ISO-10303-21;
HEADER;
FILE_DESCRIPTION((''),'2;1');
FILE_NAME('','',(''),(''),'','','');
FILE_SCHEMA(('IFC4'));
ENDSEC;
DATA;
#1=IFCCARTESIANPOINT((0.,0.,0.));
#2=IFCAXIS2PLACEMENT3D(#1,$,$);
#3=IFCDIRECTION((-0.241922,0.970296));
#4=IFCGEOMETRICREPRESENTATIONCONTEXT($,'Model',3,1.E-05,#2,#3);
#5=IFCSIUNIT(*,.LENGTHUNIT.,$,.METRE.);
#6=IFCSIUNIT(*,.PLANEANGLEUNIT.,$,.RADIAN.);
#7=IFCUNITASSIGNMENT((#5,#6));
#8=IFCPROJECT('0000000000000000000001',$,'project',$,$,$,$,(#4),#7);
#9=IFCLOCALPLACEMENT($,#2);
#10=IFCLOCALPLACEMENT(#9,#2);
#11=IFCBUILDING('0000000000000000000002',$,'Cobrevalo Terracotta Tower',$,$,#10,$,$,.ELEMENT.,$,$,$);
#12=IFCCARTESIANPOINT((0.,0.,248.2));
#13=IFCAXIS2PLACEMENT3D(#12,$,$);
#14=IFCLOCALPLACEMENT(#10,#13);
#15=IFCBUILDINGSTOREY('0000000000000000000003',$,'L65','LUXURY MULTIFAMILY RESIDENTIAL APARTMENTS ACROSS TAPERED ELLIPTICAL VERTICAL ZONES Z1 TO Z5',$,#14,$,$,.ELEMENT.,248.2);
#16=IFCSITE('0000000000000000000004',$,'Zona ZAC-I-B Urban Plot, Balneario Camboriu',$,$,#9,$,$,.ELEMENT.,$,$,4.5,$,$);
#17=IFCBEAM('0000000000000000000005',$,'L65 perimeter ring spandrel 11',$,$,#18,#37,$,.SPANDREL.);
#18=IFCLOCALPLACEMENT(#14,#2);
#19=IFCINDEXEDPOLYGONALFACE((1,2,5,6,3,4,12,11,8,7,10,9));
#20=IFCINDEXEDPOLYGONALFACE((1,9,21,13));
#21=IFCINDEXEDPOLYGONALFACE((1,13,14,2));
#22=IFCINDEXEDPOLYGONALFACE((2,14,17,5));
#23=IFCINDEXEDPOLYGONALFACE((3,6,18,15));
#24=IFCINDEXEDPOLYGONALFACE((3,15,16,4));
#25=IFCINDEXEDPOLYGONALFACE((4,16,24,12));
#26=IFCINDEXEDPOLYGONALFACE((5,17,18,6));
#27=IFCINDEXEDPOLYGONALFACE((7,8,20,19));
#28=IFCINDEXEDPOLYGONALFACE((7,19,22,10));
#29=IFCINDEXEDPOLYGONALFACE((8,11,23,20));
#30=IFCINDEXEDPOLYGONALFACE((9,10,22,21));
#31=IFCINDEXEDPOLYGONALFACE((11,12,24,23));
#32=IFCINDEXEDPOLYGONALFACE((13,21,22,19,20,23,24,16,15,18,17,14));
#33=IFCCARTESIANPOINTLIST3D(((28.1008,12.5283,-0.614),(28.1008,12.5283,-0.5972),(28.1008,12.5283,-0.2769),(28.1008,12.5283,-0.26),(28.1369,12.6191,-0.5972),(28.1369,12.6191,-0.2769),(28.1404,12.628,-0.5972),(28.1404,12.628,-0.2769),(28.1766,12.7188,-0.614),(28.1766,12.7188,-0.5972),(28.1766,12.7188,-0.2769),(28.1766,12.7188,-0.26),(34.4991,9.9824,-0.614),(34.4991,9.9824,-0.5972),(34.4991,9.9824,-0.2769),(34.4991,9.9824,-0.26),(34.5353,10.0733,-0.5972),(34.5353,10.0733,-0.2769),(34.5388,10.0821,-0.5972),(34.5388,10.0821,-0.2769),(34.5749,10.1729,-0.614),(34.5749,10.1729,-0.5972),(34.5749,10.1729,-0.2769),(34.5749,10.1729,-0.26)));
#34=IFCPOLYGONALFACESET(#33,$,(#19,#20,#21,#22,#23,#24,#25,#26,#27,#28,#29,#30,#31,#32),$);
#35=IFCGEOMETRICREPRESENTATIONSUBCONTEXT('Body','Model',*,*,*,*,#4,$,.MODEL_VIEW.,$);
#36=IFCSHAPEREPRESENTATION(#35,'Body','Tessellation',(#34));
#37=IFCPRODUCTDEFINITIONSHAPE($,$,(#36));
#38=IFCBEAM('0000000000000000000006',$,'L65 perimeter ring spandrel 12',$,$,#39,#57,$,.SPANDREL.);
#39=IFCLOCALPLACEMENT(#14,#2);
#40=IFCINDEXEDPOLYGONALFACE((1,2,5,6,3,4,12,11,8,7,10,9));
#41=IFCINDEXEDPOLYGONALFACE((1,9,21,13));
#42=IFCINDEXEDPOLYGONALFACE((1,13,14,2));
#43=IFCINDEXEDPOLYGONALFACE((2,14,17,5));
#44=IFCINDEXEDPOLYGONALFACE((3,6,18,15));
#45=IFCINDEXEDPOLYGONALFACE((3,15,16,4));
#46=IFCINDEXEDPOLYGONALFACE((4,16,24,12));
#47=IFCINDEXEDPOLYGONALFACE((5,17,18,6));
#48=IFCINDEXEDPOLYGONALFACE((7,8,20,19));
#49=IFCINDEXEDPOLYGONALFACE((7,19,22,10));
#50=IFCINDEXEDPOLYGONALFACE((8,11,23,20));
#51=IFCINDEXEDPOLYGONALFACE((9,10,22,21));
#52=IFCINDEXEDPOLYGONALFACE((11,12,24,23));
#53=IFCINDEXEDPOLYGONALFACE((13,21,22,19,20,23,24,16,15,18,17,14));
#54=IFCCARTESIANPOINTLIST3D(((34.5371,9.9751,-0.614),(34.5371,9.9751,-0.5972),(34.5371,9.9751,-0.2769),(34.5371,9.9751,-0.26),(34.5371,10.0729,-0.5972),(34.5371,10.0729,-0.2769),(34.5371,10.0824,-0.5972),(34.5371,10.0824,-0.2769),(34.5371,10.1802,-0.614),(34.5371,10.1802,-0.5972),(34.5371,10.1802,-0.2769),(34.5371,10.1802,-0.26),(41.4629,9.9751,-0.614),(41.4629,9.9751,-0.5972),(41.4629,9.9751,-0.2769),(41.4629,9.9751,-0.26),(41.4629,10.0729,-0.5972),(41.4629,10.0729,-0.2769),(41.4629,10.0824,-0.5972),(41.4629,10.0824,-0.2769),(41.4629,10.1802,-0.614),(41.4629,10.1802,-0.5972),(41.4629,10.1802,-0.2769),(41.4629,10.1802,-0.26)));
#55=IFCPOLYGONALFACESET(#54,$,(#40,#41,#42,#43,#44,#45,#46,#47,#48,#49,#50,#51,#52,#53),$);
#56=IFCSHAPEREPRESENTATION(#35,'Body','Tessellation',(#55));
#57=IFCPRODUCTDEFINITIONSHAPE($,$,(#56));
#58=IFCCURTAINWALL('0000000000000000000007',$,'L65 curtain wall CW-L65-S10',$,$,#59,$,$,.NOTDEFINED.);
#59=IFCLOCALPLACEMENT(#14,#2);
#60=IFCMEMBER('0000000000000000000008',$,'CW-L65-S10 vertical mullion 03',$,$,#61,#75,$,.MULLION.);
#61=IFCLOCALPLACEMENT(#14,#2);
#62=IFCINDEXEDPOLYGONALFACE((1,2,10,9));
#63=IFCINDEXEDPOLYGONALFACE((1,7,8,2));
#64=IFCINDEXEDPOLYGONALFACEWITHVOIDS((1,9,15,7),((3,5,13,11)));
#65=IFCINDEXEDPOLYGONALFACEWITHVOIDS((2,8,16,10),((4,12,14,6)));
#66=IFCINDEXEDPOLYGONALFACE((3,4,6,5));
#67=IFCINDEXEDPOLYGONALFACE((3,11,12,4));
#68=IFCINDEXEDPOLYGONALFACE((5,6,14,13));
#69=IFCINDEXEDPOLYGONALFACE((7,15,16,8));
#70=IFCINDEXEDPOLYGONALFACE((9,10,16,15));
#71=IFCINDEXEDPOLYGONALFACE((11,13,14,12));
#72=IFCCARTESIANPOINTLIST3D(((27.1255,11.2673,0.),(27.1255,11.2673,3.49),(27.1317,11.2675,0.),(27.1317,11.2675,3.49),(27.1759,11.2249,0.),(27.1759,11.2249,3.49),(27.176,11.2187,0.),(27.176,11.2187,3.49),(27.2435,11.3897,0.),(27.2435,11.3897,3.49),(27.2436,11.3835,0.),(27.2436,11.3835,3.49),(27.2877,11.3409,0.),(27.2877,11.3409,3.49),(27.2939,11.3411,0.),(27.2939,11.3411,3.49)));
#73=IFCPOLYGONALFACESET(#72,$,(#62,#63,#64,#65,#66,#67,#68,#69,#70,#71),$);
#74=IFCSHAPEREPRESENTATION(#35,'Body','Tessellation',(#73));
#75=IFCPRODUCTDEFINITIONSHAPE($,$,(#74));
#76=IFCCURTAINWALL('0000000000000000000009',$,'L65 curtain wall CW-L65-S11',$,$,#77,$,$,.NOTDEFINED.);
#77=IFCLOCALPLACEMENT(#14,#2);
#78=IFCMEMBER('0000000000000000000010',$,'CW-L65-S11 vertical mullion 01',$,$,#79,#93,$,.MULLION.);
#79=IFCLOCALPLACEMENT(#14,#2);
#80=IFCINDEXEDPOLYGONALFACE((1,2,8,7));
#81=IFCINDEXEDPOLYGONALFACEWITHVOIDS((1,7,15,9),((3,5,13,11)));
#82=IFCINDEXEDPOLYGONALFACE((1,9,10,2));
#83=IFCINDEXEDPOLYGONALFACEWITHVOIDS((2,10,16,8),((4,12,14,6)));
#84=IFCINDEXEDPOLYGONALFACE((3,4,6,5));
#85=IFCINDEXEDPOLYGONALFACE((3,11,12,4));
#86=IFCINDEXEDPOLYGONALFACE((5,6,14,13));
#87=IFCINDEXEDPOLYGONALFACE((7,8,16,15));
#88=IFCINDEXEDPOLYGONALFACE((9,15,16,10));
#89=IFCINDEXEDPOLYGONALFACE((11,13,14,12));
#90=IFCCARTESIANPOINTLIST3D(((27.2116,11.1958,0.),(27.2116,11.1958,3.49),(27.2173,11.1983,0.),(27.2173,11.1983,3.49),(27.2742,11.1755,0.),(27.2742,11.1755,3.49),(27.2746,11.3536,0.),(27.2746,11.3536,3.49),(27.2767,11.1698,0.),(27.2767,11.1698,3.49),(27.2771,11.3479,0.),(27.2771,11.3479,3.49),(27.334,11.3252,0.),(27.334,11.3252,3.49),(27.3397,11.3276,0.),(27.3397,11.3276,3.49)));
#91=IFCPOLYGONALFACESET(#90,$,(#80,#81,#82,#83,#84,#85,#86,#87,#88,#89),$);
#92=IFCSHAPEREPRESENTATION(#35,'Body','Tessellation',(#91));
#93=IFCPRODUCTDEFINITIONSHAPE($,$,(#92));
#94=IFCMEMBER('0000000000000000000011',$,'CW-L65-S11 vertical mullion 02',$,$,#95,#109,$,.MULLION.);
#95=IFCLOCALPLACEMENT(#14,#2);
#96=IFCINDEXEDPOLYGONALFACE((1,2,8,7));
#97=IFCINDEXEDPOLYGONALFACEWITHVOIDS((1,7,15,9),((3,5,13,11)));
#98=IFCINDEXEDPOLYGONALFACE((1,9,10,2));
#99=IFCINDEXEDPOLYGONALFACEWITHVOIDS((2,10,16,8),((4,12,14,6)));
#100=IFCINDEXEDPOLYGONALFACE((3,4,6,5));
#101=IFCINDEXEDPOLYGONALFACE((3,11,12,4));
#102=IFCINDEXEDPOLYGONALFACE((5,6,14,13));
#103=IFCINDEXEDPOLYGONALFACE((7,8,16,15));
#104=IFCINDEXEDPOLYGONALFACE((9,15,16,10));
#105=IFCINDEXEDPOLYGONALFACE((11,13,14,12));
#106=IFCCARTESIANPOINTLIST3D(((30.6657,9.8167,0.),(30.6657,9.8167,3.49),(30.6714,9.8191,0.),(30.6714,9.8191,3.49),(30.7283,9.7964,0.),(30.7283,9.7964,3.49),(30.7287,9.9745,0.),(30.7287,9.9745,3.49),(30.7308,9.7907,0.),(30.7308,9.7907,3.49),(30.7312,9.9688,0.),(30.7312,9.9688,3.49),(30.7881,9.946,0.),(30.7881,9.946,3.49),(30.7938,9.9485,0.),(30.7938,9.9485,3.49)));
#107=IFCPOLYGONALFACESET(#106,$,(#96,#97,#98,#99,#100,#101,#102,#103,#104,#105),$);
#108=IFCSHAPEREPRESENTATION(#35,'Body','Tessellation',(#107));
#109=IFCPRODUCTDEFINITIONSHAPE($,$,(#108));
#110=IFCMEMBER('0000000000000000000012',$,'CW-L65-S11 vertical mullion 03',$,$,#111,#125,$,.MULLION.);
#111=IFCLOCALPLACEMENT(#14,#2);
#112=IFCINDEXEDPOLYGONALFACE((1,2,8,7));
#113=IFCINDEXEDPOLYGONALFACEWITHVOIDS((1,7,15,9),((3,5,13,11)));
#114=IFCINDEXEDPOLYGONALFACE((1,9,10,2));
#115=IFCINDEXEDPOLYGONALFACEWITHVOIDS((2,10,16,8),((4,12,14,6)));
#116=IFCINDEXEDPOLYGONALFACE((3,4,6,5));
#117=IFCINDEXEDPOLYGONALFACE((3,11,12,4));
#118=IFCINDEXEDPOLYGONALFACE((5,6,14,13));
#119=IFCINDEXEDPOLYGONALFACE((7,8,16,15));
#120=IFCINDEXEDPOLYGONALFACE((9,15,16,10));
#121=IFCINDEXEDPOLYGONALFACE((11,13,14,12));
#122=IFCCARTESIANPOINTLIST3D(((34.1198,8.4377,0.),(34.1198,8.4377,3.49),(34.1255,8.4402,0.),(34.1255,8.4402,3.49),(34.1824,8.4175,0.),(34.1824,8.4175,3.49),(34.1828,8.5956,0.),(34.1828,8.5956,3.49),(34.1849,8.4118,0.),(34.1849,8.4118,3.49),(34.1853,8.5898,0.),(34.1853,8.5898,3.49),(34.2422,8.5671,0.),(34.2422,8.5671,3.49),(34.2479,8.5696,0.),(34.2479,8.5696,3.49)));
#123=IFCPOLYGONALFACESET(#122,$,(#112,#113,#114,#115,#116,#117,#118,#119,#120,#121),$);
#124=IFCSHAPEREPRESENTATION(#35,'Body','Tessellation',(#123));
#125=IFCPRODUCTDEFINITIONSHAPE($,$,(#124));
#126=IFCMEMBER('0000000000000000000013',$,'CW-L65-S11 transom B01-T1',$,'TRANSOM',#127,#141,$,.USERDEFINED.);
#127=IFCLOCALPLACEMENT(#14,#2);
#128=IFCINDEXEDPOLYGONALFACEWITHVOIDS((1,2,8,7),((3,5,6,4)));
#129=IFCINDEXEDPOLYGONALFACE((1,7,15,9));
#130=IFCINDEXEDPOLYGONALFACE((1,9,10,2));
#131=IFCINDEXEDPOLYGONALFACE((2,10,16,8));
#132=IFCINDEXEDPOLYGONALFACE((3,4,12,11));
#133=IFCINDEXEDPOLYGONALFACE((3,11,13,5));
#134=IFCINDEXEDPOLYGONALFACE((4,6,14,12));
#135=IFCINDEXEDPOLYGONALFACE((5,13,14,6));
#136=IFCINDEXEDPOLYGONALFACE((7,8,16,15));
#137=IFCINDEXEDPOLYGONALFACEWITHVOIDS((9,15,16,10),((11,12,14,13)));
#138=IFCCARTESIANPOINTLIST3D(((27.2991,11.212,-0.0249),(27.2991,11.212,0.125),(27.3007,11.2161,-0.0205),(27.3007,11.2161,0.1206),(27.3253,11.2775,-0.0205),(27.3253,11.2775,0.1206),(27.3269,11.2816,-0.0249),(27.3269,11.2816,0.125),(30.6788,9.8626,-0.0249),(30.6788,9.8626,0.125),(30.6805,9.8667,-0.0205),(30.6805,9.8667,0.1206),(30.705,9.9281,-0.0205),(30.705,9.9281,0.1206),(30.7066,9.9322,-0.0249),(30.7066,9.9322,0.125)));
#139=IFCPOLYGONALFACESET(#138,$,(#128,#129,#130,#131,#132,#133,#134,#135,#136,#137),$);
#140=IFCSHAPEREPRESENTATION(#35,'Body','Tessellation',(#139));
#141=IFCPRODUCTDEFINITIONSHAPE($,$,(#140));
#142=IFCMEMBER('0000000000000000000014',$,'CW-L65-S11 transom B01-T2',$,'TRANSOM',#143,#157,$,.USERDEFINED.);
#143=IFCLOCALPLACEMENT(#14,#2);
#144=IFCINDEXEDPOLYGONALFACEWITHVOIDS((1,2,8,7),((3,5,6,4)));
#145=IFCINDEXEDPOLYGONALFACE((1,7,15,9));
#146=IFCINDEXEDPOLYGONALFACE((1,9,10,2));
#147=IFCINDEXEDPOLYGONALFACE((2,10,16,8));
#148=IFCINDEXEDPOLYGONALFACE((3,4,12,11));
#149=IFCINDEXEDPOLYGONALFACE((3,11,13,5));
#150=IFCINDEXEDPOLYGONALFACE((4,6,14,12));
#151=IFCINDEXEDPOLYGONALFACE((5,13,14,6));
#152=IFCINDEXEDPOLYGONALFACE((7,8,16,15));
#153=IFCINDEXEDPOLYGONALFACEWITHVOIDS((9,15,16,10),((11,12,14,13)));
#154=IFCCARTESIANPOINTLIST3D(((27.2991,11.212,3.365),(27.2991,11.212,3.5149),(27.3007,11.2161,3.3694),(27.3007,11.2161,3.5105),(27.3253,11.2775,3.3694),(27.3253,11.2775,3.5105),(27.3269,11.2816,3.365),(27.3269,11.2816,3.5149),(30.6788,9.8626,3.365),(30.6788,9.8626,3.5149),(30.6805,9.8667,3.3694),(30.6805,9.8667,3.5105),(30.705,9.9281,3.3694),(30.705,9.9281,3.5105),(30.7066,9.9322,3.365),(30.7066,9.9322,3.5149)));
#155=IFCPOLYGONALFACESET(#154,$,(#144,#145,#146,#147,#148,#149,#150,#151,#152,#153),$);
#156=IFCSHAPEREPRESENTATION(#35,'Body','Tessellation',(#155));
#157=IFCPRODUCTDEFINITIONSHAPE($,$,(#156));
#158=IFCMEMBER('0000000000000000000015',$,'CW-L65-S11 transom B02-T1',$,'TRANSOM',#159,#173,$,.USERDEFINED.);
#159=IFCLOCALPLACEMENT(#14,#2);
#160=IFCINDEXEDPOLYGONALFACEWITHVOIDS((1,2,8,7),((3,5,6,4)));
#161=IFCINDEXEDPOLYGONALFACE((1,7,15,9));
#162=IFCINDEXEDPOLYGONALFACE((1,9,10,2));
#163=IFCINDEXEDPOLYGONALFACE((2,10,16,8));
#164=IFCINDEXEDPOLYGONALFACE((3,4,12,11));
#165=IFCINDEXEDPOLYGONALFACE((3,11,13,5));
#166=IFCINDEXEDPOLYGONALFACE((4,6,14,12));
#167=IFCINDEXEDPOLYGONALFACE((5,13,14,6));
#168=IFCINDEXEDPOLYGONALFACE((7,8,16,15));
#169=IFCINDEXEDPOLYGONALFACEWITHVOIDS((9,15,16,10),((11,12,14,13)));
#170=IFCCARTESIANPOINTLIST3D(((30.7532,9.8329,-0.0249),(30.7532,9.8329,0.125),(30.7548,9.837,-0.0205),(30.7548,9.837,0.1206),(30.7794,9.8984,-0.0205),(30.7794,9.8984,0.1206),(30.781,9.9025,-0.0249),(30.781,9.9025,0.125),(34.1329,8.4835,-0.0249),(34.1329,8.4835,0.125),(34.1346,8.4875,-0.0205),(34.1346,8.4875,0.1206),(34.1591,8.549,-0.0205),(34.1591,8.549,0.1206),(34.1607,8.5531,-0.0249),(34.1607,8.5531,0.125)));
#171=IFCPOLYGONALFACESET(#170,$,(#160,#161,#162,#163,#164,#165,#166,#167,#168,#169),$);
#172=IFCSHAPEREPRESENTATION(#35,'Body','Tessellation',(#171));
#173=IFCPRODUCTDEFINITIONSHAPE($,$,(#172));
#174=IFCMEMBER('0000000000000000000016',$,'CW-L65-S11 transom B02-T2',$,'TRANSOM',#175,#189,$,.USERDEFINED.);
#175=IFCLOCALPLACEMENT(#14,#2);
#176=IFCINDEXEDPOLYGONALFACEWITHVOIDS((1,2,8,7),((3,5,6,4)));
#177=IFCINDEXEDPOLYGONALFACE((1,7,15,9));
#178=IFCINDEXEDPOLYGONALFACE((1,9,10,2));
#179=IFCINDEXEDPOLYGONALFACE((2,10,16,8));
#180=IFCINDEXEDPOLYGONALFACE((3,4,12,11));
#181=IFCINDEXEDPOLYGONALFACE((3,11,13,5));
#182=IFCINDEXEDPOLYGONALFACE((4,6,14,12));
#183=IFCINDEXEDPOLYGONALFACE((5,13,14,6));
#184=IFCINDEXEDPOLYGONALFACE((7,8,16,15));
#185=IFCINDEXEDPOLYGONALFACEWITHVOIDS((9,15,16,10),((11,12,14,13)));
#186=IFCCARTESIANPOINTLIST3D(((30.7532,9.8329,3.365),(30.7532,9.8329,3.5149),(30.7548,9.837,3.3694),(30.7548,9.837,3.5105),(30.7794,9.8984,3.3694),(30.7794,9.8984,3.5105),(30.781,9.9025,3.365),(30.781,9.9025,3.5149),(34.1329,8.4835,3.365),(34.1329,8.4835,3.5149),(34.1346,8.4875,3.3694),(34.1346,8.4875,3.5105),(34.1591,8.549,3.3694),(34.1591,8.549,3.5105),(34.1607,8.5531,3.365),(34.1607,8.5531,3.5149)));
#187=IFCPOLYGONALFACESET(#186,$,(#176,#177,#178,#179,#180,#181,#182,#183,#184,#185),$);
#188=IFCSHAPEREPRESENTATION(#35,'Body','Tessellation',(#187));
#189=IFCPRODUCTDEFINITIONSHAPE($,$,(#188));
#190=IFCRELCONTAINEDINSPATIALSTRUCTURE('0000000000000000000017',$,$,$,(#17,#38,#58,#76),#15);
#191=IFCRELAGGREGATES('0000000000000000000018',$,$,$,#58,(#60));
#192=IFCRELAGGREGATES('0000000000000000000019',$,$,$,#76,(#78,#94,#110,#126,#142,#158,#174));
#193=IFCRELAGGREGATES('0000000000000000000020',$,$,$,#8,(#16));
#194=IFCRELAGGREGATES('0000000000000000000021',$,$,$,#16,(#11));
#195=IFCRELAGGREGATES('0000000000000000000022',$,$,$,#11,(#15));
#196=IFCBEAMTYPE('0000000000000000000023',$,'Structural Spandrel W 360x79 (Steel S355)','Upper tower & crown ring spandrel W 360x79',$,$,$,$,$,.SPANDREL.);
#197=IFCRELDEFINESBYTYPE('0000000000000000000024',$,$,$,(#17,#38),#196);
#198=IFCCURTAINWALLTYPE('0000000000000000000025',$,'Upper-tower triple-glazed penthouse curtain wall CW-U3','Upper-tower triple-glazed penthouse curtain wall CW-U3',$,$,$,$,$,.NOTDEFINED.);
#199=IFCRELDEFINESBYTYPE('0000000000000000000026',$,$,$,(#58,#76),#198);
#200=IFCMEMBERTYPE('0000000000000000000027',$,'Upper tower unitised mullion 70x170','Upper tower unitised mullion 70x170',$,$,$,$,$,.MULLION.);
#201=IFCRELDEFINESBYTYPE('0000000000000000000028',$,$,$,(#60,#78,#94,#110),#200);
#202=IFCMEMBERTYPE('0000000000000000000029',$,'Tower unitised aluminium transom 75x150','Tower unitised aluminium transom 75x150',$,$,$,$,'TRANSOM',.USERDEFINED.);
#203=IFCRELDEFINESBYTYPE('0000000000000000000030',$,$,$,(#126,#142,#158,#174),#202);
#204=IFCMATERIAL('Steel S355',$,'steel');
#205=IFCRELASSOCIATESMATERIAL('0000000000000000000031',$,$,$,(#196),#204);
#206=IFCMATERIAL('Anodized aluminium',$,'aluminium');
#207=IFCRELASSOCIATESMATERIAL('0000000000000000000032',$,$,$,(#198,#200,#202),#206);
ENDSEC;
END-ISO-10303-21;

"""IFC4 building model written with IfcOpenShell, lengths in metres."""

from ifc_helpers import new_model, si_unit, direction, frame, origin, origin_2d, place, context, subcontext, project, spatial, hollow_rectangle, i_section, extrude, source, transform, mapped, material, material_profile, profile_set, type_object, element, aggregate, save


model = new_model("IFC4")

# Units and contexts
model_context = context("Model", 3, precision=1e-05, world=origin(), true_north=direction((-0.241922, 0.970296)))
body_context = subcontext(model_context, "Body", "Model", "MODEL_VIEW")
ifc_project = project(units=[si_unit("LENGTHUNIT", "METRE"), si_unit("PLANEANGLEUNIT", "RADIAN")], contexts=[model_context])

# Site, building, storey
site_placement = place(None, origin())
site = spatial("IfcSite", under=ifc_project, at=site_placement, Name="Zona ZAC-I-B Urban Plot, Balneario Camboriu", CompositionType="ELEMENT", RefElevation=4.5)
building_placement = place(site_placement, origin())
building = spatial("IfcBuilding", under=site, at=building_placement, Name="Cobrevalo Terracotta Tower", CompositionType="ELEMENT")
storey_placement = place(building_placement, frame((0.0, 0.0, 248.2)))
storey = spatial("IfcBuildingStorey", under=building, at=storey_placement, Name="L65", Description="LUXURY MULTIFAMILY RESIDENTIAL APARTMENTS ACROSS TAPERED ELLIPTICAL VERTICAL ZONES Z1 TO Z5", CompositionType="ELEMENT", Elevation=248.2)

# Shared definitions
ifc_material_1 = material(Name="Steel S355", Category="steel")

# Beams
ifc_material_profile_1 = material_profile(ifc_material_1, i_section(OverallWidth=0.2051, OverallDepth=0.354, WebThickness=0.0095, FlangeThickness=0.0168, at=origin_2d()), Name="W 360x79")
ifc_profile_set_1 = profile_set([ifc_material_profile_1], Name="Steel S355")
beam_type_1 = type_object("IfcBeamType", Name="Structural Spandrel W 360x79 (Steel S355)", Description="Upper tower & crown ring spandrel W 360x79", PredefinedType="SPANDREL", material=ifc_profile_set_1)
beam_1_placement = place(storey_placement, frame((28.1387, 12.6235, -0.437), z_axis=(0.92915, -0.369703, 0.0), x_axis=(0.369703, 0.92915, 0.0)))
element("IfcBeam", 1, at=beam_1_placement, inside=storey, type_object=beam_type_1, Name="L65 perimeter ring spandrel 11", PredefinedType="SPANDREL", context=body_context, shape_type="SweptSolid", body=[
    extrude(i_section(OverallWidth=0.2051, OverallDepth=0.354, WebThickness=0.0095, FlangeThickness=0.0168, at=origin_2d()), origin(), (0.0, 0.0, 1.0), 6.8862),
])
beam_2_placement = place(storey_placement, frame((34.5371, 10.0776, -0.437), z_axis=(1.0, 0.0, 0.0), x_axis=(0.0, 1.0, 0.0)))
element("IfcBeam", 2, at=beam_2_placement, inside=storey, type_object=beam_type_1, Name="L65 perimeter ring spandrel 12", PredefinedType="SPANDREL", context=body_context, shape_type="SweptSolid", body=[
    extrude(i_section(OverallWidth=0.2051, OverallDepth=0.354, WebThickness=0.0095, FlangeThickness=0.0168, at=origin_2d()), origin(), (0.0, 0.0, 1.0), 6.9258),
])

# Curtain wall, member
ifc_material_2 = material(Name="Anodized aluminium", Category="aluminium")
curtain_wall_type = type_object("IfcCurtainWallType", Name="Upper-tower triple-glazed penthouse curtain wall CW-U3", Description="Upper-tower triple-glazed penthouse curtain wall CW-U3", PredefinedType="NOTDEFINED", material=ifc_material_2)
curtain_wall_1_placement = place(storey_placement, origin())
curtain_wall_1 = element("IfcCurtainWall", 3, at=curtain_wall_1_placement, inside=storey, type_object=curtain_wall_type, Name="L65 curtain wall CW-L65-S10", PredefinedType="NOTDEFINED")
ifc_material_profile_2 = material_profile(ifc_material_2, hollow_rectangle(XDim=0.0701, YDim=0.1699, WallThickness=0.0044, at=origin_2d()), Name="CWM 70x170")
ifc_profile_set_2 = profile_set([ifc_material_profile_2], Name="Anodized aluminium")
member_type_1 = type_object("IfcMemberType", Name="Upper tower unitised mullion 70x170", Description="Upper tower unitised mullion 70x170", PredefinedType="MULLION", material=ifc_profile_set_2)
shared_shape_1 = source(origin(), body_context, "Body", "SweptSolid", [
    extrude(hollow_rectangle(XDim=0.0701, YDim=0.1699, WallThickness=0.0044, at=origin_2d()), origin(), (0.0, 0.0, 1.0), 3.49),
])
member_1_placement = place(storey_placement, frame((27.2097, 11.3042, 0.0), z_axis=(0.0, 0.0, 1.0), x_axis=(0.719994, -0.69398, 0.0)))
member_1 = element("IfcMember", 4, at=member_1_placement, type_object=member_type_1, Name="CW-L65-S10 vertical mullion 03", PredefinedType="MULLION", context=body_context, shape_type="MappedRepresentation", body=[
    mapped(shared_shape_1, transform((0.0, 0.0, 0.0), scale=1.0)),
])

# Curtain wall, members
curtain_wall_2_placement = place(storey_placement, origin())
curtain_wall_2 = element("IfcCurtainWall", 5, at=curtain_wall_2_placement, inside=storey, type_object=curtain_wall_type, Name="L65 curtain wall CW-L65-S11", PredefinedType="NOTDEFINED")
member_2_placement = place(storey_placement, frame((27.2756, 11.2617, 0.0), z_axis=(0.0, 0.0, 1.0), x_axis=(0.928719, -0.370784, 0.0)))
member_2 = element("IfcMember", 6, at=member_2_placement, type_object=member_type_1, Name="CW-L65-S11 vertical mullion 01", PredefinedType="MULLION", context=body_context, shape_type="MappedRepresentation", body=[
    mapped(shared_shape_1, transform((0.0, 0.0, 0.0), scale=1.0)),
])
member_3_placement = place(storey_placement, frame((30.7297, 9.8826, 0.0), z_axis=(0.0, 0.0, 1.0), x_axis=(0.928719, -0.370784, 0.0)))
member_3 = element("IfcMember", 7, at=member_3_placement, type_object=member_type_1, Name="CW-L65-S11 vertical mullion 02", PredefinedType="MULLION", context=body_context, shape_type="MappedRepresentation", body=[
    mapped(shared_shape_1, transform((0.0, 0.0, 0.0), scale=1.0)),
])
member_4_placement = place(storey_placement, frame((34.1838, 8.5037, 0.0), z_axis=(0.0, 0.0, 1.0), x_axis=(0.928719, -0.370784, 0.0)))
member_4 = element("IfcMember", 8, at=member_4_placement, type_object=member_type_1, Name="CW-L65-S11 vertical mullion 03", PredefinedType="MULLION", context=body_context, shape_type="MappedRepresentation", body=[
    mapped(shared_shape_1, transform((0.0, 0.0, 0.0), scale=1.0)),
])
ifc_material_profile_3 = material_profile(ifc_material_2, hollow_rectangle(XDim=0.075, YDim=0.1499, WallThickness=0.0044, at=origin_2d()), Name="CWT 75x150")
ifc_profile_set_3 = profile_set([ifc_material_profile_3], Name="Anodized aluminium")
member_type_2 = type_object("IfcMemberType", Name="Tower unitised aluminium transom 75x150", Description="Tower unitised aluminium transom 75x150", ElementType="TRANSOM", PredefinedType="USERDEFINED", material=ifc_profile_set_3)
shared_shape_2 = source(origin(), body_context, "Body", "SweptSolid", [
    extrude(hollow_rectangle(XDim=0.075, YDim=0.1499, WallThickness=0.0044, at=origin_2d()), origin(), (0.0, 0.0, 1.0), 3.6392),
])
member_5_placement = place(storey_placement, frame((27.313, 11.2468, 0.05), z_axis=(0.928712, -0.370801, 0.0), x_axis=(0.370801, 0.928712, 0.0)))
member_5 = element("IfcMember", 9, at=member_5_placement, type_object=member_type_2, Name="CW-L65-S11 transom B01-T1", ObjectType="TRANSOM", PredefinedType="USERDEFINED", context=body_context, shape_type="MappedRepresentation", body=[
    mapped(shared_shape_2, transform((0.0, 0.0, 0.0), scale=1.0)),
])
member_6_placement = place(storey_placement, frame((27.313, 11.2468, 3.4399), z_axis=(0.928712, -0.370801, 0.0), x_axis=(0.370801, 0.928712, 0.0)))
member_6 = element("IfcMember", 10, at=member_6_placement, type_object=member_type_2, Name="CW-L65-S11 transom B01-T2", ObjectType="TRANSOM", PredefinedType="USERDEFINED", context=body_context, shape_type="MappedRepresentation", body=[
    mapped(shared_shape_2, transform((0.0, 0.0, 0.0), scale=1.0)),
])
member_7_placement = place(storey_placement, frame((30.7671, 9.8677, 0.05), z_axis=(0.928712, -0.370801, 0.0), x_axis=(0.370801, 0.928712, 0.0)))
member_7 = element("IfcMember", 11, at=member_7_placement, type_object=member_type_2, Name="CW-L65-S11 transom B02-T1", ObjectType="TRANSOM", PredefinedType="USERDEFINED", context=body_context, shape_type="MappedRepresentation", body=[
    mapped(shared_shape_2, transform((0.0, 0.0, 0.0), scale=1.0)),
])
member_8_placement = place(storey_placement, frame((30.7671, 9.8677, 3.4399), z_axis=(0.928712, -0.370801, 0.0), x_axis=(0.370801, 0.928712, 0.0)))
member_8 = element("IfcMember", 12, at=member_8_placement, type_object=member_type_2, Name="CW-L65-S11 transom B02-T2", ObjectType="TRANSOM", PredefinedType="USERDEFINED", context=body_context, shape_type="MappedRepresentation", body=[
    mapped(shared_shape_2, transform((0.0, 0.0, 0.0), scale=1.0)),
])

aggregate(curtain_wall_1, [member_1])
aggregate(curtain_wall_2, [member_2, member_3, member_4, member_5, member_6, member_7, member_8])

save(model, "model.ifc")
